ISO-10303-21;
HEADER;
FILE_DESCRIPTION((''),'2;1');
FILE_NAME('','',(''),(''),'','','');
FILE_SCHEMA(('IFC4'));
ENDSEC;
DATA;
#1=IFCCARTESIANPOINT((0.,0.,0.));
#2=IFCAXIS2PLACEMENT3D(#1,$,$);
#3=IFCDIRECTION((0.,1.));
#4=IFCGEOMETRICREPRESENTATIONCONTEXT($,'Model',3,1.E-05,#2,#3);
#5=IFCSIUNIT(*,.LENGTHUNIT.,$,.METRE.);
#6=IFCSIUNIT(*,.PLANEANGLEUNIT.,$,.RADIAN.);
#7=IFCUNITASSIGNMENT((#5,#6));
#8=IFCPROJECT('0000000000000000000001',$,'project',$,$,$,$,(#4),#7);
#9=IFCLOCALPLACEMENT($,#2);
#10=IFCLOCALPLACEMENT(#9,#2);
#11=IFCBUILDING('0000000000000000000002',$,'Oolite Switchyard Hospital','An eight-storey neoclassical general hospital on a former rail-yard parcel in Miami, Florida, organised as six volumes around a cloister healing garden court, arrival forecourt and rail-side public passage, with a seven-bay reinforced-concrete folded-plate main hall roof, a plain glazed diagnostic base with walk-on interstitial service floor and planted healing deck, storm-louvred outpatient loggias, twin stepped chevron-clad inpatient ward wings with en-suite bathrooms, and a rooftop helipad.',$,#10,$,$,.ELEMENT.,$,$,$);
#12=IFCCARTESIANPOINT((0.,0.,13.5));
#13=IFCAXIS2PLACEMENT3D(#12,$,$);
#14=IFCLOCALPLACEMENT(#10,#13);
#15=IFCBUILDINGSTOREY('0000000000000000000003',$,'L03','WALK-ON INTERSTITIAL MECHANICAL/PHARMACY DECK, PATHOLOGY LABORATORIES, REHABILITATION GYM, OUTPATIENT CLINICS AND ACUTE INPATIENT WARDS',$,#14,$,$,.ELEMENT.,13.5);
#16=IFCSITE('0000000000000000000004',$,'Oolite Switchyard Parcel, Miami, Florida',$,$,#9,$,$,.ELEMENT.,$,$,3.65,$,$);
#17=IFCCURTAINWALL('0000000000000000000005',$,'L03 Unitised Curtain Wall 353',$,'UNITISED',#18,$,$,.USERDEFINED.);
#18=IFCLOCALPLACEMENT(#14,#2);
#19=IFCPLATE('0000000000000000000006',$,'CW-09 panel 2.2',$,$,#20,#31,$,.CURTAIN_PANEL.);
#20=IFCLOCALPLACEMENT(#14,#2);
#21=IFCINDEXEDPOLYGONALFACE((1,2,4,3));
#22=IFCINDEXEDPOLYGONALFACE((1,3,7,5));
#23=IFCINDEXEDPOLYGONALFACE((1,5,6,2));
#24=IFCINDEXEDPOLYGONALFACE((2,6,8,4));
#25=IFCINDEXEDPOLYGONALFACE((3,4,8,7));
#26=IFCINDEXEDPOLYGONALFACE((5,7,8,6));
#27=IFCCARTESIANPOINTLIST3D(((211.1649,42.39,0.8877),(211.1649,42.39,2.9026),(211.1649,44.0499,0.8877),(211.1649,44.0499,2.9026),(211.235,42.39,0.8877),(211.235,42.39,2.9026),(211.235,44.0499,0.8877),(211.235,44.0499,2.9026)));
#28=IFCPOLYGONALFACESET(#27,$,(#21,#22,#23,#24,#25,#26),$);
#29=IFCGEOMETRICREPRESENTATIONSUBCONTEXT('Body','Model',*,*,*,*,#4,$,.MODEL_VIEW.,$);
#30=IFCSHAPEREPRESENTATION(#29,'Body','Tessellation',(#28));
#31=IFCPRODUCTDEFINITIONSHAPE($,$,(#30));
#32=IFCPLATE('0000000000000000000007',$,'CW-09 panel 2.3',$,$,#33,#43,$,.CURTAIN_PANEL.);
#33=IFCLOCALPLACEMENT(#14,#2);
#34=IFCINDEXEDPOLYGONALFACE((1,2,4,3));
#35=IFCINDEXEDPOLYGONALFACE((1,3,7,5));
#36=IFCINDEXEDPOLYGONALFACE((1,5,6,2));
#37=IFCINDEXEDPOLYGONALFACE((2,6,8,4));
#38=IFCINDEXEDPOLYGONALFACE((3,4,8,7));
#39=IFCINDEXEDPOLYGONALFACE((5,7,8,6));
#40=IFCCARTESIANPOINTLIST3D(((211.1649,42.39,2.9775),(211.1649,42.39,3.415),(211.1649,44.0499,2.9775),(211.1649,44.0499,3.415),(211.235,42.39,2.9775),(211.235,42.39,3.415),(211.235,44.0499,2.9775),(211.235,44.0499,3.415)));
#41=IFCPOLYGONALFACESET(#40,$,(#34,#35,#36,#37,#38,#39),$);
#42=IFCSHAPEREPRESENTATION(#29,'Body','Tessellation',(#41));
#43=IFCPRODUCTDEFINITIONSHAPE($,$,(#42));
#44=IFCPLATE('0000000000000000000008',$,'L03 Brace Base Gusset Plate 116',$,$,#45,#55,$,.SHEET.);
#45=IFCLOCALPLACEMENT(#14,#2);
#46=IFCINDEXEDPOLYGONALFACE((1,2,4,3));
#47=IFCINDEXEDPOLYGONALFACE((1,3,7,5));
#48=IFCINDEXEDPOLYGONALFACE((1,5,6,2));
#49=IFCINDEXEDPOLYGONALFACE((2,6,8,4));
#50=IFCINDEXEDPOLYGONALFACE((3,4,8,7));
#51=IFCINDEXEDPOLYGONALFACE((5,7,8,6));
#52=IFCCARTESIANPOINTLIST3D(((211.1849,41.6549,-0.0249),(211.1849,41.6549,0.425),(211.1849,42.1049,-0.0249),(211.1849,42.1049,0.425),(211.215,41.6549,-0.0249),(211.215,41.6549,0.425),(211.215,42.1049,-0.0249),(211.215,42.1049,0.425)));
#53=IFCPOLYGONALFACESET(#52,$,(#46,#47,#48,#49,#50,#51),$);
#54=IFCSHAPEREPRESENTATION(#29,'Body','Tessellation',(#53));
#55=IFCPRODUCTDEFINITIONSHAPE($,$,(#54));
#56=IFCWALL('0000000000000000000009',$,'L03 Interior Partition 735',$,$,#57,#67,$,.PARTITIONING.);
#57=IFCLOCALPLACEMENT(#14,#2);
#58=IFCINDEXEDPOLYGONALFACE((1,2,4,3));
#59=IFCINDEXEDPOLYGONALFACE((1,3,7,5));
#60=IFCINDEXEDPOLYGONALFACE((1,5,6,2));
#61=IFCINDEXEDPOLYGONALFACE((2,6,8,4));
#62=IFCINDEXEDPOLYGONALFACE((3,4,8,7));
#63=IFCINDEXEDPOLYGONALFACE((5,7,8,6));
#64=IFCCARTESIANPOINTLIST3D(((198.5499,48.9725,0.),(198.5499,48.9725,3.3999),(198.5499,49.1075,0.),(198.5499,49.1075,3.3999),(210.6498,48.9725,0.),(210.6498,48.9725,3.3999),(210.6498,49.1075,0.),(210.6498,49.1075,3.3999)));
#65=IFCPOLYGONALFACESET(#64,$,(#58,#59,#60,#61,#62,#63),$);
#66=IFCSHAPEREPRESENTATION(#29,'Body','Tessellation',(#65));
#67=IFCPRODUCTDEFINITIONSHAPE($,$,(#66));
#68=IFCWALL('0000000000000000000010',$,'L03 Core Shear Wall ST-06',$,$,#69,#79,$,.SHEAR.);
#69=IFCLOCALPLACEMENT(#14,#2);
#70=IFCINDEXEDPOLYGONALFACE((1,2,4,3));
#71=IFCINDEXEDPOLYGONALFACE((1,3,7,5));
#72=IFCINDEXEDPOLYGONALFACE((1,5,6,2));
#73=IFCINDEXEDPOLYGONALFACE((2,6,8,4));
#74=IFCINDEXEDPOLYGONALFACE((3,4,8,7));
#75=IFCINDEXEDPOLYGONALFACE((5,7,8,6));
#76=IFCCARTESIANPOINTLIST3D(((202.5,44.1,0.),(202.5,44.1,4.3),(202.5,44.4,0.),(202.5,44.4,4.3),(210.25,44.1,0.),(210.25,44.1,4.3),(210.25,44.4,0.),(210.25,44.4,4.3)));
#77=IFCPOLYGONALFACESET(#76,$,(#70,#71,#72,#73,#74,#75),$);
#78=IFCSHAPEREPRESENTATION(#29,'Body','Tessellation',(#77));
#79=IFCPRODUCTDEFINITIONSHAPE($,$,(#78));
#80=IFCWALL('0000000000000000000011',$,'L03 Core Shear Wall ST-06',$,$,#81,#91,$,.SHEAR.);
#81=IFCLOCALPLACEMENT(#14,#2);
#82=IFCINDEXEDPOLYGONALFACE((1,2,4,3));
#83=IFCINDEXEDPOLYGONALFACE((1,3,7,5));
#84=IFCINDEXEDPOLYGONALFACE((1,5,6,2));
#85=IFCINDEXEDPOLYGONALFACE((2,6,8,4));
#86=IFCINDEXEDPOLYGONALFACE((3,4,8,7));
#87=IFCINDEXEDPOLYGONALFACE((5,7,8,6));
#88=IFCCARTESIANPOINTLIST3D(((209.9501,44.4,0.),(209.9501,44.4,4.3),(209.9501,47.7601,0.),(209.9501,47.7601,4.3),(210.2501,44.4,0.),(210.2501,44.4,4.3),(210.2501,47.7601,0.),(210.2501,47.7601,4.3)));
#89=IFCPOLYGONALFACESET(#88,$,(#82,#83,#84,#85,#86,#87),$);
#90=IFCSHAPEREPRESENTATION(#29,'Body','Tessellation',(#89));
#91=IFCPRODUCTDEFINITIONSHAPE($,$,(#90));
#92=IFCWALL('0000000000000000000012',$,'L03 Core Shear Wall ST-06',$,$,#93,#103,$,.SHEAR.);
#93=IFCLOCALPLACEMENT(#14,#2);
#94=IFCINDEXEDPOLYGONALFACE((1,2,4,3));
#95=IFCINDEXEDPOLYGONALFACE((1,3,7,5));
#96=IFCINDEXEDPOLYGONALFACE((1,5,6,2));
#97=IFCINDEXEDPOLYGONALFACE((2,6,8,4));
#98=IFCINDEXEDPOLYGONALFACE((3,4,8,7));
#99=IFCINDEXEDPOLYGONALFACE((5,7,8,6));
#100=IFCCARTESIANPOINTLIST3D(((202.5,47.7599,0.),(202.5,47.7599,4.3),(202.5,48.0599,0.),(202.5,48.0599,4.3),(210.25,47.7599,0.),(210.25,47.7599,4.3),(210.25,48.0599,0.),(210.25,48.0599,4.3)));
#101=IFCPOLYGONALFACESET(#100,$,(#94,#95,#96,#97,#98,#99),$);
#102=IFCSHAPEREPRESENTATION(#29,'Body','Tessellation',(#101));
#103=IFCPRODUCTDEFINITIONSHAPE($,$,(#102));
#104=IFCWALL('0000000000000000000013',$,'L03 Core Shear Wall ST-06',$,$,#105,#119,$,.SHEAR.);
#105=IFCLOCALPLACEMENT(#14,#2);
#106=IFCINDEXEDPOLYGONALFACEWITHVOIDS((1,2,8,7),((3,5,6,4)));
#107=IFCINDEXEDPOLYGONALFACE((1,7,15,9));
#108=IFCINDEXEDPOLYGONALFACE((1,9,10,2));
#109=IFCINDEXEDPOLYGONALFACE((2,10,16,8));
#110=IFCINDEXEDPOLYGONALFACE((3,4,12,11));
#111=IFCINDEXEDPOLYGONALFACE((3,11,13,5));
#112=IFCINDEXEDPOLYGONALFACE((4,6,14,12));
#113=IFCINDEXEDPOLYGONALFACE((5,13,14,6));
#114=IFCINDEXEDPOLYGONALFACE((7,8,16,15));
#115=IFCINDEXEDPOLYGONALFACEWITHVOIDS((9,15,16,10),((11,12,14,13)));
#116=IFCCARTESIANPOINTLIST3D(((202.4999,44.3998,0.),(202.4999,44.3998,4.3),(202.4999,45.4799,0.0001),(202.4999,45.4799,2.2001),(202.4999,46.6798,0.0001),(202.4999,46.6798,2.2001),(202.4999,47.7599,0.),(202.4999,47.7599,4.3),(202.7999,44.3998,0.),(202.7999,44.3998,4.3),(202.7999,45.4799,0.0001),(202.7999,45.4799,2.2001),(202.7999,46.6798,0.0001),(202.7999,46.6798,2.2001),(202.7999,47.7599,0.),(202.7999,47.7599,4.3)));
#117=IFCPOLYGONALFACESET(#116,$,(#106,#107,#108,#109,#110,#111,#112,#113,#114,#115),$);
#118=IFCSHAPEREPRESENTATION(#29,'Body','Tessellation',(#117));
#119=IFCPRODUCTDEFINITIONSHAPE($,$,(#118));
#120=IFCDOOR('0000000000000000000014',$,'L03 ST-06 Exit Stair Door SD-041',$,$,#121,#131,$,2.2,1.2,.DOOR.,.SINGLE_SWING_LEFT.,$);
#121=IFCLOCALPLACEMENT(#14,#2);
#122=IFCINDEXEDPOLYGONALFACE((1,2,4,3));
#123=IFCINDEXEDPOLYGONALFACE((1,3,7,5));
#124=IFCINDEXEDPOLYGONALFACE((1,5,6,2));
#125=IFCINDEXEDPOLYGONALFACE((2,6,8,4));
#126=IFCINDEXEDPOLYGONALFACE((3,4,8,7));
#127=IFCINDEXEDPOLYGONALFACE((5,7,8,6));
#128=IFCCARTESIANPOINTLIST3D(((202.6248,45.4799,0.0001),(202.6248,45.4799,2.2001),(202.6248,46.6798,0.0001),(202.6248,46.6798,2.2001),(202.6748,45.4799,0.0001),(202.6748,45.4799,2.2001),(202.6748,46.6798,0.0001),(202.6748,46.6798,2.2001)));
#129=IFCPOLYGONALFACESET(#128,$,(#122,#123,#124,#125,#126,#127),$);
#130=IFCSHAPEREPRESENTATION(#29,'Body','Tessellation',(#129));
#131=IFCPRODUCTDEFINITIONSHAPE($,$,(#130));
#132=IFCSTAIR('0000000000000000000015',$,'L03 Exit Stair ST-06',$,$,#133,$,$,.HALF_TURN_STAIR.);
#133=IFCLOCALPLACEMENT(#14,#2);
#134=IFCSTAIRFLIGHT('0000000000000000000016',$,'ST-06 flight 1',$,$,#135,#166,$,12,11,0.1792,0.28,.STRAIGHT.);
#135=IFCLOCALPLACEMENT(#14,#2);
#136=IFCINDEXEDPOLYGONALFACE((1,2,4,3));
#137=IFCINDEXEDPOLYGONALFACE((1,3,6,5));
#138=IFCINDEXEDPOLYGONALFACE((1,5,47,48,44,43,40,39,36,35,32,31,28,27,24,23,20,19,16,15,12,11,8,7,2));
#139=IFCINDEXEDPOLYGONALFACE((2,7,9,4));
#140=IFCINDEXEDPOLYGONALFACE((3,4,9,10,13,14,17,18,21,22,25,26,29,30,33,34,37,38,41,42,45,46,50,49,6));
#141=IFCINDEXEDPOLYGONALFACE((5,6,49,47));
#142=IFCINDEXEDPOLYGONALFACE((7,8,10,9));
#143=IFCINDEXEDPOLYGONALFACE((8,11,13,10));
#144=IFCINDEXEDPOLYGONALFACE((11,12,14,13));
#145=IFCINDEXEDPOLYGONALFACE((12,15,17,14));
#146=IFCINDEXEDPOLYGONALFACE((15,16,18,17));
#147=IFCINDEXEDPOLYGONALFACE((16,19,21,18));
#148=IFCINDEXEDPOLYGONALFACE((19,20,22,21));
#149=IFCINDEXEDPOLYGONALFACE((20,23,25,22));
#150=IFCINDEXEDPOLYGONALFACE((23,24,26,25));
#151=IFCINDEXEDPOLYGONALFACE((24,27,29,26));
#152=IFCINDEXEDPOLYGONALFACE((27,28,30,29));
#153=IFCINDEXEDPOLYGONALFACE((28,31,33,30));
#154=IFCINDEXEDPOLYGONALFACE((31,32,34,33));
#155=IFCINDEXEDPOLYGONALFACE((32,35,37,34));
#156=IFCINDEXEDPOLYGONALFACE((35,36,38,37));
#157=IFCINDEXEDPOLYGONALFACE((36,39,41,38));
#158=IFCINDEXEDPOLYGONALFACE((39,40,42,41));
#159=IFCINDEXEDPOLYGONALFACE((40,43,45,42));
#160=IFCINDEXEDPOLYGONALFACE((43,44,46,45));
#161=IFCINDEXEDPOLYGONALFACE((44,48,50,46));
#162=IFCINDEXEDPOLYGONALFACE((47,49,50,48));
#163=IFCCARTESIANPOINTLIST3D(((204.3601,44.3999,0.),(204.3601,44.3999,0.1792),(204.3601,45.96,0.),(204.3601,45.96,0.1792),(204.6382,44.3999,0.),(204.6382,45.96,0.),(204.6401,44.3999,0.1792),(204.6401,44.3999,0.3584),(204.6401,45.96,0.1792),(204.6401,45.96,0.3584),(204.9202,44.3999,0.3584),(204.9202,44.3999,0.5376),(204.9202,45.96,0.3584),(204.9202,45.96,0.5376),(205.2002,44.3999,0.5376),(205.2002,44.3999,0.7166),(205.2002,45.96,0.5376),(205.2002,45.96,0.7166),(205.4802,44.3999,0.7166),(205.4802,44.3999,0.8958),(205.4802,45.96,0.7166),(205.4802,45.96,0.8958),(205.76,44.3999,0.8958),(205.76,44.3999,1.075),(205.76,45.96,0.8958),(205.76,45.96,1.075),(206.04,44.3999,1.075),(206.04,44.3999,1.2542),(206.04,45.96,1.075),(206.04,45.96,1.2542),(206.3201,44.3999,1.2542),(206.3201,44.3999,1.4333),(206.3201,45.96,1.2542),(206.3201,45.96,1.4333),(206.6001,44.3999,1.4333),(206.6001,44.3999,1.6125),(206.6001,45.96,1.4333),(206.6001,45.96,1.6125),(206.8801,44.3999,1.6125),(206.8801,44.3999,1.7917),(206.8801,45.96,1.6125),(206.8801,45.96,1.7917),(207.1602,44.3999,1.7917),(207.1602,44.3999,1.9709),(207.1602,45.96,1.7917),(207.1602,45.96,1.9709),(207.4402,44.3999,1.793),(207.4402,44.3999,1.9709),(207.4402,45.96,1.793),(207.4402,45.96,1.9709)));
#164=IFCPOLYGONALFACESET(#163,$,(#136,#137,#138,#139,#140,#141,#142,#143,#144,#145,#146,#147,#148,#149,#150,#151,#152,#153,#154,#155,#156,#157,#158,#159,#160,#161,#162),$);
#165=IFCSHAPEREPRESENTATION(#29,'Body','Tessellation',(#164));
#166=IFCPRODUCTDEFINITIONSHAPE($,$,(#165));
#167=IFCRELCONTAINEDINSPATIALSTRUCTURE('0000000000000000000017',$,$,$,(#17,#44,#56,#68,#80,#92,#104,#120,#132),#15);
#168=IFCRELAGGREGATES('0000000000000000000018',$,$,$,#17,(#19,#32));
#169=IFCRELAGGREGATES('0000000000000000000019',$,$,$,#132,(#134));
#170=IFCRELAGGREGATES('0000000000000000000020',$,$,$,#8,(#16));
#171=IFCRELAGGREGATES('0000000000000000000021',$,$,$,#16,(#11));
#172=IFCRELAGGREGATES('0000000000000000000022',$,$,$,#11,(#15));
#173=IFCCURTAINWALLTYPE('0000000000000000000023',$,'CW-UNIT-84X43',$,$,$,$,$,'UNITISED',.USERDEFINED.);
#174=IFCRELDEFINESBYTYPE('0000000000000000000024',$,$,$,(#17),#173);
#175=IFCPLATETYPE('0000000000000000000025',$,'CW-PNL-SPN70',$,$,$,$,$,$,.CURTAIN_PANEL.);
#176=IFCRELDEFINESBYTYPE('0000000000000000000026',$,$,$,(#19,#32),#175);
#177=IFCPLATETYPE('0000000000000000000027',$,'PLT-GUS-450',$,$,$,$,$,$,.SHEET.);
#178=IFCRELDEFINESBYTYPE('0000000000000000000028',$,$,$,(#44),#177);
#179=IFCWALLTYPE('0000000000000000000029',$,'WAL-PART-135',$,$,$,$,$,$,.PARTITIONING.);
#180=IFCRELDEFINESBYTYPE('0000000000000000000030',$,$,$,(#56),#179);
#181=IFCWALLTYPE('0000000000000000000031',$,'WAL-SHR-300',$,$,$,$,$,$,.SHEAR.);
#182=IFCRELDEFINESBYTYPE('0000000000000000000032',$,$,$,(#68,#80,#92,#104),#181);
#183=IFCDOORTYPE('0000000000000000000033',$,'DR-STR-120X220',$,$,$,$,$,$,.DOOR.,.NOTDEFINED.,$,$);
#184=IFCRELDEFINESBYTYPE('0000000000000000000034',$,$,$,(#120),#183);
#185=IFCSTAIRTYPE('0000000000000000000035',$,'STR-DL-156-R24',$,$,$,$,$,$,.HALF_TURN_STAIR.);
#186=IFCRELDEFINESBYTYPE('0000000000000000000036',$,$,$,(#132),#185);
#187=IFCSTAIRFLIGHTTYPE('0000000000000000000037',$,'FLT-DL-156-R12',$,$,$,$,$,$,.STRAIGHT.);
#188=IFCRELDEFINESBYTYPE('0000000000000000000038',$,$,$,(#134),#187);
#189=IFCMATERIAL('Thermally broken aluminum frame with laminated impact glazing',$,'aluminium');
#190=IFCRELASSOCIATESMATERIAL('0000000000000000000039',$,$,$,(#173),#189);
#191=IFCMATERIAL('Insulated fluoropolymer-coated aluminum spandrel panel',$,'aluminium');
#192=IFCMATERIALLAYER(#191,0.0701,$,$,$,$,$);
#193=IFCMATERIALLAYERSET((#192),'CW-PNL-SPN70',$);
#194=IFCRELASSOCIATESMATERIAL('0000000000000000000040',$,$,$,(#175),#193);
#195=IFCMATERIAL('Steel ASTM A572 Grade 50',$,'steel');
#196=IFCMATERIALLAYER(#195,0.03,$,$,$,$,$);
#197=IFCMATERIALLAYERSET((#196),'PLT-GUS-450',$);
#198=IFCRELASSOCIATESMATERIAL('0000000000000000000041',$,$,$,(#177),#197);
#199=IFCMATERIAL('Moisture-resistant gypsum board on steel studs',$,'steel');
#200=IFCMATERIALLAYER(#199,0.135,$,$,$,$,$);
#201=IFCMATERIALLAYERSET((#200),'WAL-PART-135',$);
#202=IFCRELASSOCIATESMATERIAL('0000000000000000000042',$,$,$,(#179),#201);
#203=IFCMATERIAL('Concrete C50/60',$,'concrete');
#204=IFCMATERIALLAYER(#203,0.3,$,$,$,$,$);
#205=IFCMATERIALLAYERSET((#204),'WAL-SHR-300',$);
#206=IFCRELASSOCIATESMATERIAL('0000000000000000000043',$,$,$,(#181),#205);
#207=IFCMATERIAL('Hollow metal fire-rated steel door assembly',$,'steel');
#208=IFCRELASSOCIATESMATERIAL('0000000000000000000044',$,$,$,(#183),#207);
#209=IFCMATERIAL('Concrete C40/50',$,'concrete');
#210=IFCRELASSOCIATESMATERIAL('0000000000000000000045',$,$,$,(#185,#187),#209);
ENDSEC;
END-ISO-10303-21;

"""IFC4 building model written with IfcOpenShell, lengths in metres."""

from ifc_helpers import new_model, si_unit, direction, frame, frame_2d, origin, origin_2d, place, context, subcontext, project, spatial, polyline, rectangle, outline, extrude, material, layer, layer_set, type_object, element, fill, aggregate, save


model = new_model("IFC4")

# Units and contexts
model_context = context("Model", 3, precision=1e-05, world=origin(), true_north=direction((0.0, 1.0)))
body_context = subcontext(model_context, "Body", "Model", "MODEL_VIEW")
ifc_project = project(units=[si_unit("LENGTHUNIT", "METRE"), si_unit("PLANEANGLEUNIT", "RADIAN")], contexts=[model_context])

# Site, building, storey
site_placement = place(None, origin())
site = spatial("IfcSite", under=ifc_project, at=site_placement, Name="Oolite Switchyard Parcel, Miami, Florida", CompositionType="ELEMENT", RefElevation=3.65)
building_placement = place(site_placement, origin())
building = spatial("IfcBuilding", under=site, at=building_placement, Name="Oolite Switchyard Hospital", Description="An eight-storey neoclassical general hospital on a former rail-yard parcel in Miami, Florida, organised as six volumes around a cloister healing garden court, arrival forecourt and rail-side public passage, with a seven-bay reinforced-concrete folded-plate main hall roof, a plain glazed diagnostic base with walk-on interstitial service floor and planted healing deck, storm-louvred outpatient loggias, twin stepped chevron-clad inpatient ward wings with en-suite bathrooms, and a rooftop helipad.", CompositionType="ELEMENT")
storey_placement = place(building_placement, frame((0.0, 0.0, 13.5)))
storey = spatial("IfcBuildingStorey", under=building, at=storey_placement, Name="L03", Description="WALK-ON INTERSTITIAL MECHANICAL/PHARMACY DECK, PATHOLOGY LABORATORIES, REHABILITATION GYM, OUTPATIENT CLINICS AND ACUTE INPATIENT WARDS", CompositionType="ELEMENT", Elevation=13.5)

# Shared definitions
ifc_material_1 = material(Name="Concrete C50/60", Category="concrete")

# Shared definitions
ifc_material_2 = material(Name="Concrete C40/50", Category="concrete")

# Curtain wall
ifc_material_3 = material(Name="Thermally broken aluminum frame with laminated impact glazing", Category="aluminium")
curtain_wall_type = type_object("IfcCurtainWallType", Name="CW-UNIT-84X43", ElementType="UNITISED", PredefinedType="USERDEFINED", material=ifc_material_3)
curtain_wall_1_placement = place(storey_placement, origin())
curtain_wall_1 = element("IfcCurtainWall", 1, at=curtain_wall_1_placement, inside=storey, type_object=curtain_wall_type, Name="L03 Unitised Curtain Wall 353", ObjectType="UNITISED", PredefinedType="USERDEFINED")

# Plates
ifc_material_4 = material(Name="Insulated fluoropolymer-coated aluminum spandrel panel", Category="aluminium")
ifc_layer_1 = layer(ifc_material_4, 0.0701)
ifc_layer_set_1 = layer_set([ifc_layer_1], Name="CW-PNL-SPN70")
plate_type_1 = type_object("IfcPlateType", Name="CW-PNL-SPN70", PredefinedType="CURTAIN_PANEL", material=ifc_layer_set_1)
plate_1_placement = place(storey_placement, frame((211.2, 43.22, 0.8877), z_axis=(0.0, 0.0, 1.0), x_axis=(0.0, -1.0, 0.0)))
plate_1 = element("IfcPlate", 2, at=plate_1_placement, type_object=plate_type_1, Name="CW-09 panel 2.2", PredefinedType="CURTAIN_PANEL", context=body_context, shape_type="SweptSolid", body=[
    extrude(rectangle(XDim=1.6599, YDim=0.0701, at=origin_2d()), origin(), (0.0, 0.0, 1.0), 2.0149),
])
plate_2_placement = place(storey_placement, frame((211.2, 43.22, 2.9775), z_axis=(0.0, 0.0, 1.0), x_axis=(0.0, -1.0, 0.0)))
plate_2 = element("IfcPlate", 3, at=plate_2_placement, type_object=plate_type_1, Name="CW-09 panel 2.3", PredefinedType="CURTAIN_PANEL", context=body_context, shape_type="SweptSolid", body=[
    extrude(rectangle(XDim=1.6599, YDim=0.0701, at=origin_2d()), origin(), (0.0, 0.0, 1.0), 0.4375),
])
aggregate(curtain_wall_1, [plate_1, plate_2])
ifc_material_5 = material(Name="Steel ASTM A572 Grade 50", Category="steel")
ifc_layer_2 = layer(ifc_material_5, 0.03)
ifc_layer_set_2 = layer_set([ifc_layer_2], Name="PLT-GUS-450")
plate_type_2 = type_object("IfcPlateType", Name="PLT-GUS-450", PredefinedType="SHEET", material=ifc_layer_set_2)
plate_3_placement = place(storey_placement, frame((211.2, 41.8799, -0.0249), z_axis=(0.0, 0.0, 1.0), x_axis=(0.0, 1.0, 0.0)))
element("IfcPlate", 4, at=plate_3_placement, inside=storey, type_object=plate_type_2, Name="L03 Brace Base Gusset Plate 116", PredefinedType="SHEET", context=body_context, shape_type="SweptSolid", body=[
    extrude(rectangle(XDim=0.45, YDim=0.03, at=origin_2d()), origin(), (0.0, 0.0, 1.0), 0.45),
])

# Walls
ifc_material_6 = material(Name="Moisture-resistant gypsum board on steel studs", Category="steel")
ifc_layer_3 = layer(ifc_material_6, 0.135)
ifc_layer_set_3 = layer_set([ifc_layer_3], Name="WAL-PART-135")
wall_type_1 = type_object("IfcWallType", Name="WAL-PART-135", PredefinedType="PARTITIONING", material=ifc_layer_set_3)
wall_1_placement = place(storey_placement, frame((198.55, 49.04, 0.0), z_axis=(0.0, 0.0, 1.0), x_axis=(1.0, 0.0, 0.0)))
element("IfcWall", 5, at=wall_1_placement, inside=storey, type_object=wall_type_1, Name="L03 Interior Partition 735", PredefinedType="PARTITIONING", context=body_context, shape_type="SweptSolid", body=[
    extrude(rectangle(XDim=12.0999, YDim=0.135, at=frame_2d((6.0498, 0.0))), origin(), (0.0, 0.0, 1.0), 3.3999),
])
ifc_layer_4 = layer(ifc_material_1, 0.3)
ifc_layer_set_4 = layer_set([ifc_layer_4], Name="WAL-SHR-300")
wall_type_2 = type_object("IfcWallType", Name="WAL-SHR-300", PredefinedType="SHEAR", material=ifc_layer_set_4)
wall_2_placement = place(storey_placement, frame((202.5, 44.25, 0.0), z_axis=(0.0, 0.0, 1.0), x_axis=(1.0, 0.0, 0.0)))
element("IfcWall", 6, at=wall_2_placement, inside=storey, type_object=wall_type_2, Name="L03 Core Shear Wall ST-06", PredefinedType="SHEAR", context=body_context, shape_type="SweptSolid", body=[
    extrude(rectangle(XDim=7.75, YDim=0.3, at=frame_2d((3.875, 0.0))), origin(), (0.0, 0.0, 1.0), 4.3),
])
wall_3_placement = place(storey_placement, frame((210.1001, 44.3999, 0.0), z_axis=(0.0, 0.0, 1.0), x_axis=(0.0, 1.0, 0.0)))
element("IfcWall", 7, at=wall_3_placement, inside=storey, type_object=wall_type_2, Name="L03 Core Shear Wall ST-06", PredefinedType="SHEAR", context=body_context, shape_type="SweptSolid", body=[
    extrude(rectangle(XDim=3.3601, YDim=0.3, at=frame_2d((1.6802, 0.0))), origin(), (0.0, 0.0, 1.0), 4.3),
])
wall_4_placement = place(storey_placement, frame((210.25, 47.9099, 0.0), z_axis=(0.0, 0.0, 1.0), x_axis=(-1.0, 0.0, 0.0)))
element("IfcWall", 8, at=wall_4_placement, inside=storey, type_object=wall_type_2, Name="L03 Core Shear Wall ST-06", PredefinedType="SHEAR", context=body_context, shape_type="SweptSolid", body=[
    extrude(rectangle(XDim=7.75, YDim=0.3, at=frame_2d((3.875, 0.0))), origin(), (0.0, 0.0, 1.0), 4.3),
])

# Wall, opening, door
wall_5_placement = place(storey_placement, frame((202.6499, 47.76, 0.0), z_axis=(0.0, 0.0, 1.0), x_axis=(0.0, -1.0, 0.0)))
wall_5 = element("IfcWall", 9, at=wall_5_placement, inside=storey, type_object=wall_type_2, Name="L03 Core Shear Wall ST-06", PredefinedType="SHEAR", context=body_context, shape_type="SweptSolid", body=[
    extrude(rectangle(XDim=3.3601, YDim=0.3, at=frame_2d((1.6802, 0.0))), origin(), (0.0, 0.0, 1.0), 4.3),
])
opening_placement = place(wall_5_placement, frame((1.0801, 0.0, 0.0)))
opening = element("IfcOpeningElement", 10, at=opening_placement, cuts=wall_5, PredefinedType="OPENING", context=body_context, shape_type="SweptSolid", body=[
    extrude(rectangle(XDim=1.2, YDim=2.2, at=frame_2d((0.6001, 1.1001))), frame((0.0, 0.1602, 0.0), z_axis=(0.0, -1.0, 0.0), x_axis=(1.0, 0.0, 0.0)), (0.0, 0.0, 1.0), 0.3201),
])
ifc_material_7 = material(Name="Hollow metal fire-rated steel door assembly", Category="steel")
door_type = type_object("IfcDoorType", Name="DR-STR-120X220", OperationType="NOTDEFINED", PredefinedType="DOOR", material=ifc_material_7)
door_placement = place(opening_placement, origin())
door = element("IfcDoor", 11, at=door_placement, inside=storey, type_object=door_type, Name="L03 ST-06 Exit Stair Door SD-041", OperationType="SINGLE_SWING_LEFT", OverallHeight=2.2, OverallWidth=1.2, PredefinedType="DOOR", context=body_context, shape_type="SweptSolid", body=[
    extrude(rectangle(XDim=1.2, YDim=2.2, at=frame_2d((0.6001, 1.1001))), frame((0.0, 0.0249, 0.0), z_axis=(0.0, -1.0, 0.0), x_axis=(1.0, 0.0, 0.0)), (0.0, 0.0, 1.0), 0.05),
])
fill(opening, door)

# Stair, stair flight
stair_type = type_object("IfcStairType", Name="STR-DL-156-R24", PredefinedType="HALF_TURN_STAIR", material=ifc_material_2)
stair_placement = place(storey_placement, origin())
stair = element("IfcStair", 12, at=stair_placement, inside=storey, type_object=stair_type, Name="L03 Exit Stair ST-06", PredefinedType="HALF_TURN_STAIR")
stair_flight_type = type_object("IfcStairFlightType", Name="FLT-DL-156-R12", PredefinedType="STRAIGHT", material=ifc_material_2)
stair_flight_1_placement = place(storey_placement, frame((204.3601, 45.1799, 0.0), z_axis=(0.0, 0.0, 1.0), x_axis=(1.0, 0.0, 0.0)))
stair_flight_1 = element("IfcStairFlight", 13, at=stair_flight_1_placement, type_object=stair_flight_type, Name="ST-06 flight 1", NumberOfRisers=12, NumberOfTreads=11, PredefinedType="STRAIGHT", RiserHeight=0.1792, TreadLength=0.28, context=body_context, shape_type="SweptSolid", body=[
    extrude(outline(polyline([(0.0, 0.0), (0.0, 0.1792), (0.28, 0.1792), (0.28, 0.3584), (0.5601, 0.3584), (0.5601, 0.5376), (0.8401, 0.5376), (0.8401, 0.7166), (1.1201, 0.7166), (1.1201, 0.8958), (1.3999, 0.8958), (1.3999, 1.075), (1.6799, 1.075), (1.6799, 1.2542), (1.96, 1.2542), (1.96, 1.4333), (2.24, 1.4333), (2.24, 1.6125), (2.52, 1.6125), (2.52, 1.7917), (2.8, 1.7917), (2.8, 1.9709), (3.0801, 1.9709), (3.0801, 2.1499), (3.0801, 1.793), (0.2781, 0.0), (0.0, 0.0)])), frame((0.0, 0.78, 0.0), z_axis=(0.0, -1.0, 0.0), x_axis=(1.0, 0.0, 0.0)), (0.0, 0.0, 1.0), 1.5601),
])
aggregate(stair, [stair_flight_1])

save(model, "model.ifc")
